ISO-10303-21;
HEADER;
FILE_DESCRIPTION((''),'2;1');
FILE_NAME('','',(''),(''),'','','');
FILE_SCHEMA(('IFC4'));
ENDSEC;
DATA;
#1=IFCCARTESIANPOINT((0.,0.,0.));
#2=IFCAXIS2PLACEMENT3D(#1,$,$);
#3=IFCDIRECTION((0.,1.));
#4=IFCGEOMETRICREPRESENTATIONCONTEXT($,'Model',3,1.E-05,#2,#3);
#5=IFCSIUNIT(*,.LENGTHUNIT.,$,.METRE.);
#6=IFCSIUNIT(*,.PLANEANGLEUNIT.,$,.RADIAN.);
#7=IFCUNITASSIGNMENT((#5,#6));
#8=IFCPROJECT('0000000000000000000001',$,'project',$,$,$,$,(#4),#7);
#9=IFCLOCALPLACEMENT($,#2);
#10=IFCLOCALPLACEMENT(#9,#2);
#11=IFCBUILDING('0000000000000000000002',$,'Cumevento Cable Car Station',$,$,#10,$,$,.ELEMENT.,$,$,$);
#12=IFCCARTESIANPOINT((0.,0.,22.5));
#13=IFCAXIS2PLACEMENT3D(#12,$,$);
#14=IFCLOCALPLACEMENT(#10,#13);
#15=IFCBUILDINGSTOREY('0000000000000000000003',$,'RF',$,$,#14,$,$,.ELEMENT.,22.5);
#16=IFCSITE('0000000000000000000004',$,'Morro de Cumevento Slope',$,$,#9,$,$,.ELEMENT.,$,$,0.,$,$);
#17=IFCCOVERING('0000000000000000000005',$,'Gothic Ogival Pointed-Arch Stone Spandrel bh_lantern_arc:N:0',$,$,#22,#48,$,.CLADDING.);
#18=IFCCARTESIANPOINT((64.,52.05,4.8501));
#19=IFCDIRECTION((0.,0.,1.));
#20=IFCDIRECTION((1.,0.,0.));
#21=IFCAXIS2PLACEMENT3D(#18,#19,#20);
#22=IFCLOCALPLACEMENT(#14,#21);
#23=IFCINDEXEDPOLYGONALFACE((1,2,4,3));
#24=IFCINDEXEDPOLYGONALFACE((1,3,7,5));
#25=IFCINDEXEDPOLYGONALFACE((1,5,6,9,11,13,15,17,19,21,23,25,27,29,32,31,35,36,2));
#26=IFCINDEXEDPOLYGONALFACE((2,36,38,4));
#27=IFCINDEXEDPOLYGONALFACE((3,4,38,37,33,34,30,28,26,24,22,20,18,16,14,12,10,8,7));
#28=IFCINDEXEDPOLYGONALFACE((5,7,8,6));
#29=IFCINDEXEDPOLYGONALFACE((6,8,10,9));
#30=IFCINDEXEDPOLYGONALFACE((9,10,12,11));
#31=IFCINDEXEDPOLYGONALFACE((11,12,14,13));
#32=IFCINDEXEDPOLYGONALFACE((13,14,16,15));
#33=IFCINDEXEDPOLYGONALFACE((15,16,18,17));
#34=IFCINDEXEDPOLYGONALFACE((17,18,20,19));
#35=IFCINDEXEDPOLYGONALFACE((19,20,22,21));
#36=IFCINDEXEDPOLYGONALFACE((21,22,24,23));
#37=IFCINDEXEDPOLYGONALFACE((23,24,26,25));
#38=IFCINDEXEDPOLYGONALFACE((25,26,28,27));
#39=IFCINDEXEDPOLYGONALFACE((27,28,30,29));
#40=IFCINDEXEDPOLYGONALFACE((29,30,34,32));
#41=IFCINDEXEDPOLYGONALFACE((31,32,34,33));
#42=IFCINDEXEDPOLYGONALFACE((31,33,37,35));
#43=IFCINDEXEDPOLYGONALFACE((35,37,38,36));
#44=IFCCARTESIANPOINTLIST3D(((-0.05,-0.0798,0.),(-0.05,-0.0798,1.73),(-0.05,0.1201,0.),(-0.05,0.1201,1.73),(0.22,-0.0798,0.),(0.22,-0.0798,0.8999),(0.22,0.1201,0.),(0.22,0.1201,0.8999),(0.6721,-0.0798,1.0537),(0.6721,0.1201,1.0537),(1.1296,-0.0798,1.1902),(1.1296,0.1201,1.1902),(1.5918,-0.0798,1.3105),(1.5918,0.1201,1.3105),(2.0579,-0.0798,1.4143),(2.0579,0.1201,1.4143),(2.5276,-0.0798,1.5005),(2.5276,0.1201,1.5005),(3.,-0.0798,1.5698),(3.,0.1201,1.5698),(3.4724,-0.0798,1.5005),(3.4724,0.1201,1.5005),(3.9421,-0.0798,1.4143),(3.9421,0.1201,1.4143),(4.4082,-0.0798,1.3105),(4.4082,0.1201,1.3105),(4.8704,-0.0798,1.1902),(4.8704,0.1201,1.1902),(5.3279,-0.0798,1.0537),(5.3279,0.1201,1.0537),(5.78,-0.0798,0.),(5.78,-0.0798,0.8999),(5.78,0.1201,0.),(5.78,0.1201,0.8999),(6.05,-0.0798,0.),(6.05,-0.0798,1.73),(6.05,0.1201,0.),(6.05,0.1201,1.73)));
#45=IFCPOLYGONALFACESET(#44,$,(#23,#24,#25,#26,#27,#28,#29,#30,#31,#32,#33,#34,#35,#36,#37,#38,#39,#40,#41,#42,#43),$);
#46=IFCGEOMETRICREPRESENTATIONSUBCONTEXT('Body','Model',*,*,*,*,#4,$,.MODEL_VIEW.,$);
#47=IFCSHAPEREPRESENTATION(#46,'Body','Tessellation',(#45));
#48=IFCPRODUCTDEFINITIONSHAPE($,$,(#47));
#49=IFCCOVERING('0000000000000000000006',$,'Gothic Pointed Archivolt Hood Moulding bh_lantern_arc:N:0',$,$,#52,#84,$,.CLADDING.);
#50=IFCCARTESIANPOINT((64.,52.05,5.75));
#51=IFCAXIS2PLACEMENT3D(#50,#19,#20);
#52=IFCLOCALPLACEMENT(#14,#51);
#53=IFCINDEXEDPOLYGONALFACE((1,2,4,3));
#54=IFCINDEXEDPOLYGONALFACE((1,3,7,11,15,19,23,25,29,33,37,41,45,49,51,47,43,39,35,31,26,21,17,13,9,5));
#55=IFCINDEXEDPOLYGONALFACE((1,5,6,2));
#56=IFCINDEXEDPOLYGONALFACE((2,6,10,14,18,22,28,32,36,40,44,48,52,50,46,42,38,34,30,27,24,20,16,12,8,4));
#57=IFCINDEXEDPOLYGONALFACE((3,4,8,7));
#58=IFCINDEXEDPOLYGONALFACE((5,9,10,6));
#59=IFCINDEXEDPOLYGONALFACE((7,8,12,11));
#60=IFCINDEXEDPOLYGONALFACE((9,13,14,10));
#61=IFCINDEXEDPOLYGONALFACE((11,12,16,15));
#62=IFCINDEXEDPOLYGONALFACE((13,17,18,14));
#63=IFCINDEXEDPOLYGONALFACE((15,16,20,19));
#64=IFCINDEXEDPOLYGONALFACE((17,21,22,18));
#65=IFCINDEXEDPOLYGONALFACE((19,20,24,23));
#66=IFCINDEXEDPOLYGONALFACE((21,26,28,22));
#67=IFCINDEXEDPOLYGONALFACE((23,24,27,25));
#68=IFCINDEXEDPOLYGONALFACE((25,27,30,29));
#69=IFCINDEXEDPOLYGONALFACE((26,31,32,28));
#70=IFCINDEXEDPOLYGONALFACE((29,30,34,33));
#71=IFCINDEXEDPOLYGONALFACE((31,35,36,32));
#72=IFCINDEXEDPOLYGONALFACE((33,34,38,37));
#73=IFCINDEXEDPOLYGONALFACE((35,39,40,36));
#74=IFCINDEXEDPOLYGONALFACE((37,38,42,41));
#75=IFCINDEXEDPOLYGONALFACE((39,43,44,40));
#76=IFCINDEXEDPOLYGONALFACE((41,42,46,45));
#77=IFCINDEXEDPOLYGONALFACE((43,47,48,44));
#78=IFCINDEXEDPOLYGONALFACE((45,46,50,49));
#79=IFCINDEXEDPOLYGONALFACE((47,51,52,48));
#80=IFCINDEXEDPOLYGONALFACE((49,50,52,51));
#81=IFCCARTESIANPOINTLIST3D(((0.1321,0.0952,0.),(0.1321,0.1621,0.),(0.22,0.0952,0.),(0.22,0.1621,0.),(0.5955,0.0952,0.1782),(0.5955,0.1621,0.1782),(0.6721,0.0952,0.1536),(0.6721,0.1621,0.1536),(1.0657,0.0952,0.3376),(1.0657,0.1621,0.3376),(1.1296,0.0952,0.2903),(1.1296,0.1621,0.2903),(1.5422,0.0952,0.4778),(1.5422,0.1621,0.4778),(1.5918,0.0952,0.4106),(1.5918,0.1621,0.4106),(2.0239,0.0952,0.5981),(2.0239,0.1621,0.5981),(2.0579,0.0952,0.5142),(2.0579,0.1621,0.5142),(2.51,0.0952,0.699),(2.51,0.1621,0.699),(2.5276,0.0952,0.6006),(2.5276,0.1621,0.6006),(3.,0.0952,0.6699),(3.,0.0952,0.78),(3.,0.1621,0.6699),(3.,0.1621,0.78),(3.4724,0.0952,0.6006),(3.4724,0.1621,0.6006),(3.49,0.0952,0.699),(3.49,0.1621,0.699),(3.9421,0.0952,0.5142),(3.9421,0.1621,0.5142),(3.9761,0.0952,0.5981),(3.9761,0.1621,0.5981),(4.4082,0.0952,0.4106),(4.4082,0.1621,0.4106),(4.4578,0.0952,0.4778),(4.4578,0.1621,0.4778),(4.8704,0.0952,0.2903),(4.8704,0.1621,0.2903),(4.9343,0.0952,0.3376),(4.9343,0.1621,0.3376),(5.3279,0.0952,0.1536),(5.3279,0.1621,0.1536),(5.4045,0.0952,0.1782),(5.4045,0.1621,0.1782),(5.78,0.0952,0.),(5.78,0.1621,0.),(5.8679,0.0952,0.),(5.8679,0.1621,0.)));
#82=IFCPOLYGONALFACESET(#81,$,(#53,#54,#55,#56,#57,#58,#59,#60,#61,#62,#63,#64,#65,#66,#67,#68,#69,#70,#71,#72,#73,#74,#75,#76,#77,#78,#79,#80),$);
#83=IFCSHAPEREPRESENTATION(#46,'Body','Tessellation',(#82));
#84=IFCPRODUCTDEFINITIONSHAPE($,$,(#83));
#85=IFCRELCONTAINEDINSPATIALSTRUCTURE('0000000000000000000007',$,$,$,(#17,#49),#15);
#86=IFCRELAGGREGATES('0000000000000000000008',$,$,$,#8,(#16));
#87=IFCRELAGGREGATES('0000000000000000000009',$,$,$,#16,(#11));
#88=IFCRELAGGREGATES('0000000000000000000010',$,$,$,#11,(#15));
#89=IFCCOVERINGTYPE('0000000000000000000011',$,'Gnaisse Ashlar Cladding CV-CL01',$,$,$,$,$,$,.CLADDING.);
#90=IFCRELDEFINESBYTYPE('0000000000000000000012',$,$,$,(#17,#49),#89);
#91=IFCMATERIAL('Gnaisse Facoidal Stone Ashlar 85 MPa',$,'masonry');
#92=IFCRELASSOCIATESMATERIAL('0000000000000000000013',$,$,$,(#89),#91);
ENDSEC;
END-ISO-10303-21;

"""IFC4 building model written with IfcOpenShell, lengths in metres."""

from ifc_helpers import new_model, si_unit, direction, frame, origin, place, context, subcontext, project, spatial, polyline, outline, extrude, material, type_object, element, save


model = new_model("IFC4")

# Units and contexts
model_context = context("Model", 3, precision=1e-05, world=origin(), true_north=direction((0.0, 1.0)))
body_context = subcontext(model_context, "Body", "Model", "MODEL_VIEW")
ifc_project = project(units=[si_unit("LENGTHUNIT", "METRE"), si_unit("PLANEANGLEUNIT", "RADIAN")], contexts=[model_context])

# Site, building, storey
site_placement = place(None, origin())
site = spatial("IfcSite", under=ifc_project, at=site_placement, Name="Morro de Cumevento Slope", CompositionType="ELEMENT", RefElevation=0.0)
building_placement = place(site_placement, origin())
building = spatial("IfcBuilding", under=site, at=building_placement, Name="Cumevento Cable Car Station", CompositionType="ELEMENT")
storey_placement = place(building_placement, frame((0.0, 0.0, 22.5)))
storey = spatial("IfcBuildingStorey", under=building, at=storey_placement, Name="RF", CompositionType="ELEMENT", Elevation=22.5)

# Coverings
ifc_material_1 = material(Name="Gnaisse Facoidal Stone Ashlar 85 MPa", Category="masonry")
covering_type_1 = type_object("IfcCoveringType", Name="Gnaisse Ashlar Cladding CV-CL01", PredefinedType="CLADDING", material=ifc_material_1)
covering_1_placement = place(storey_placement, frame((64.0, 52.05, 4.8501), z_axis=(0.0, 0.0, 1.0), x_axis=(1.0, 0.0, 0.0)))
element("IfcCovering", 1, at=covering_1_placement, inside=storey, type_object=covering_type_1, Name="Gothic Ogival Pointed-Arch Stone Spandrel bh_lantern_arc:N:0", PredefinedType="CLADDING", context=body_context, shape_type="SweptSolid", body=[
    extrude(outline(polyline([(-0.05, 0.0), (-0.05, 1.73), (6.05, 1.73), (6.05, 0.0), (5.78, 0.0), (5.78, 0.8999), (5.3279, 1.0537), (4.8704, 1.1902), (4.4082, 1.3105), (3.9421, 1.4143), (3.4724, 1.5005), (3.0, 1.5698), (2.5276, 1.5005), (2.0579, 1.4143), (1.5918, 1.3105), (1.1296, 1.1902), (0.6721, 1.0537), (0.22, 0.8999), (0.22, 0.0), (-0.05, 0.0)])), frame((0.0, 0.1201, 0.0), z_axis=(0.0, -1.0, 0.0), x_axis=(1.0, 0.0, 0.0)), (0.0, 0.0, 1.0), 0.2),
])
covering_2_placement = place(storey_placement, frame((64.0, 52.05, 5.75), z_axis=(0.0, 0.0, 1.0), x_axis=(1.0, 0.0, 0.0)))
element("IfcCovering", 2, at=covering_2_placement, inside=storey, type_object=covering_type_1, Name="Gothic Pointed Archivolt Hood Moulding bh_lantern_arc:N:0", PredefinedType="CLADDING", context=body_context, shape_type="SweptSolid", body=[
    extrude(outline(polyline([(0.22, 0.0), (0.6721, 0.1536), (1.1296, 0.2903), (1.5918, 0.4106), (2.0579, 0.5142), (2.5276, 0.6006), (3.0, 0.6699), (3.4724, 0.6006), (3.9421, 0.5142), (4.4082, 0.4106), (4.8704, 0.2903), (5.3279, 0.1536), (5.78, 0.0), (5.8679, 0.0), (5.4045, 0.1782), (4.9343, 0.3376), (4.4578, 0.4778), (3.9761, 0.5981), (3.49, 0.699), (3.0, 0.78), (2.51, 0.699), (2.0239, 0.5981), (1.5422, 0.4778), (1.0657, 0.3376), (0.5955, 0.1782), (0.1321, 0.0), (0.22, 0.0)])), frame((0.0, 0.1621, 0.0), z_axis=(0.0, -1.0, 0.0), x_axis=(1.0, 0.0, 0.0)), (0.0, 0.0, 1.0), 0.0669),
])

save(model, "model.ifc")
